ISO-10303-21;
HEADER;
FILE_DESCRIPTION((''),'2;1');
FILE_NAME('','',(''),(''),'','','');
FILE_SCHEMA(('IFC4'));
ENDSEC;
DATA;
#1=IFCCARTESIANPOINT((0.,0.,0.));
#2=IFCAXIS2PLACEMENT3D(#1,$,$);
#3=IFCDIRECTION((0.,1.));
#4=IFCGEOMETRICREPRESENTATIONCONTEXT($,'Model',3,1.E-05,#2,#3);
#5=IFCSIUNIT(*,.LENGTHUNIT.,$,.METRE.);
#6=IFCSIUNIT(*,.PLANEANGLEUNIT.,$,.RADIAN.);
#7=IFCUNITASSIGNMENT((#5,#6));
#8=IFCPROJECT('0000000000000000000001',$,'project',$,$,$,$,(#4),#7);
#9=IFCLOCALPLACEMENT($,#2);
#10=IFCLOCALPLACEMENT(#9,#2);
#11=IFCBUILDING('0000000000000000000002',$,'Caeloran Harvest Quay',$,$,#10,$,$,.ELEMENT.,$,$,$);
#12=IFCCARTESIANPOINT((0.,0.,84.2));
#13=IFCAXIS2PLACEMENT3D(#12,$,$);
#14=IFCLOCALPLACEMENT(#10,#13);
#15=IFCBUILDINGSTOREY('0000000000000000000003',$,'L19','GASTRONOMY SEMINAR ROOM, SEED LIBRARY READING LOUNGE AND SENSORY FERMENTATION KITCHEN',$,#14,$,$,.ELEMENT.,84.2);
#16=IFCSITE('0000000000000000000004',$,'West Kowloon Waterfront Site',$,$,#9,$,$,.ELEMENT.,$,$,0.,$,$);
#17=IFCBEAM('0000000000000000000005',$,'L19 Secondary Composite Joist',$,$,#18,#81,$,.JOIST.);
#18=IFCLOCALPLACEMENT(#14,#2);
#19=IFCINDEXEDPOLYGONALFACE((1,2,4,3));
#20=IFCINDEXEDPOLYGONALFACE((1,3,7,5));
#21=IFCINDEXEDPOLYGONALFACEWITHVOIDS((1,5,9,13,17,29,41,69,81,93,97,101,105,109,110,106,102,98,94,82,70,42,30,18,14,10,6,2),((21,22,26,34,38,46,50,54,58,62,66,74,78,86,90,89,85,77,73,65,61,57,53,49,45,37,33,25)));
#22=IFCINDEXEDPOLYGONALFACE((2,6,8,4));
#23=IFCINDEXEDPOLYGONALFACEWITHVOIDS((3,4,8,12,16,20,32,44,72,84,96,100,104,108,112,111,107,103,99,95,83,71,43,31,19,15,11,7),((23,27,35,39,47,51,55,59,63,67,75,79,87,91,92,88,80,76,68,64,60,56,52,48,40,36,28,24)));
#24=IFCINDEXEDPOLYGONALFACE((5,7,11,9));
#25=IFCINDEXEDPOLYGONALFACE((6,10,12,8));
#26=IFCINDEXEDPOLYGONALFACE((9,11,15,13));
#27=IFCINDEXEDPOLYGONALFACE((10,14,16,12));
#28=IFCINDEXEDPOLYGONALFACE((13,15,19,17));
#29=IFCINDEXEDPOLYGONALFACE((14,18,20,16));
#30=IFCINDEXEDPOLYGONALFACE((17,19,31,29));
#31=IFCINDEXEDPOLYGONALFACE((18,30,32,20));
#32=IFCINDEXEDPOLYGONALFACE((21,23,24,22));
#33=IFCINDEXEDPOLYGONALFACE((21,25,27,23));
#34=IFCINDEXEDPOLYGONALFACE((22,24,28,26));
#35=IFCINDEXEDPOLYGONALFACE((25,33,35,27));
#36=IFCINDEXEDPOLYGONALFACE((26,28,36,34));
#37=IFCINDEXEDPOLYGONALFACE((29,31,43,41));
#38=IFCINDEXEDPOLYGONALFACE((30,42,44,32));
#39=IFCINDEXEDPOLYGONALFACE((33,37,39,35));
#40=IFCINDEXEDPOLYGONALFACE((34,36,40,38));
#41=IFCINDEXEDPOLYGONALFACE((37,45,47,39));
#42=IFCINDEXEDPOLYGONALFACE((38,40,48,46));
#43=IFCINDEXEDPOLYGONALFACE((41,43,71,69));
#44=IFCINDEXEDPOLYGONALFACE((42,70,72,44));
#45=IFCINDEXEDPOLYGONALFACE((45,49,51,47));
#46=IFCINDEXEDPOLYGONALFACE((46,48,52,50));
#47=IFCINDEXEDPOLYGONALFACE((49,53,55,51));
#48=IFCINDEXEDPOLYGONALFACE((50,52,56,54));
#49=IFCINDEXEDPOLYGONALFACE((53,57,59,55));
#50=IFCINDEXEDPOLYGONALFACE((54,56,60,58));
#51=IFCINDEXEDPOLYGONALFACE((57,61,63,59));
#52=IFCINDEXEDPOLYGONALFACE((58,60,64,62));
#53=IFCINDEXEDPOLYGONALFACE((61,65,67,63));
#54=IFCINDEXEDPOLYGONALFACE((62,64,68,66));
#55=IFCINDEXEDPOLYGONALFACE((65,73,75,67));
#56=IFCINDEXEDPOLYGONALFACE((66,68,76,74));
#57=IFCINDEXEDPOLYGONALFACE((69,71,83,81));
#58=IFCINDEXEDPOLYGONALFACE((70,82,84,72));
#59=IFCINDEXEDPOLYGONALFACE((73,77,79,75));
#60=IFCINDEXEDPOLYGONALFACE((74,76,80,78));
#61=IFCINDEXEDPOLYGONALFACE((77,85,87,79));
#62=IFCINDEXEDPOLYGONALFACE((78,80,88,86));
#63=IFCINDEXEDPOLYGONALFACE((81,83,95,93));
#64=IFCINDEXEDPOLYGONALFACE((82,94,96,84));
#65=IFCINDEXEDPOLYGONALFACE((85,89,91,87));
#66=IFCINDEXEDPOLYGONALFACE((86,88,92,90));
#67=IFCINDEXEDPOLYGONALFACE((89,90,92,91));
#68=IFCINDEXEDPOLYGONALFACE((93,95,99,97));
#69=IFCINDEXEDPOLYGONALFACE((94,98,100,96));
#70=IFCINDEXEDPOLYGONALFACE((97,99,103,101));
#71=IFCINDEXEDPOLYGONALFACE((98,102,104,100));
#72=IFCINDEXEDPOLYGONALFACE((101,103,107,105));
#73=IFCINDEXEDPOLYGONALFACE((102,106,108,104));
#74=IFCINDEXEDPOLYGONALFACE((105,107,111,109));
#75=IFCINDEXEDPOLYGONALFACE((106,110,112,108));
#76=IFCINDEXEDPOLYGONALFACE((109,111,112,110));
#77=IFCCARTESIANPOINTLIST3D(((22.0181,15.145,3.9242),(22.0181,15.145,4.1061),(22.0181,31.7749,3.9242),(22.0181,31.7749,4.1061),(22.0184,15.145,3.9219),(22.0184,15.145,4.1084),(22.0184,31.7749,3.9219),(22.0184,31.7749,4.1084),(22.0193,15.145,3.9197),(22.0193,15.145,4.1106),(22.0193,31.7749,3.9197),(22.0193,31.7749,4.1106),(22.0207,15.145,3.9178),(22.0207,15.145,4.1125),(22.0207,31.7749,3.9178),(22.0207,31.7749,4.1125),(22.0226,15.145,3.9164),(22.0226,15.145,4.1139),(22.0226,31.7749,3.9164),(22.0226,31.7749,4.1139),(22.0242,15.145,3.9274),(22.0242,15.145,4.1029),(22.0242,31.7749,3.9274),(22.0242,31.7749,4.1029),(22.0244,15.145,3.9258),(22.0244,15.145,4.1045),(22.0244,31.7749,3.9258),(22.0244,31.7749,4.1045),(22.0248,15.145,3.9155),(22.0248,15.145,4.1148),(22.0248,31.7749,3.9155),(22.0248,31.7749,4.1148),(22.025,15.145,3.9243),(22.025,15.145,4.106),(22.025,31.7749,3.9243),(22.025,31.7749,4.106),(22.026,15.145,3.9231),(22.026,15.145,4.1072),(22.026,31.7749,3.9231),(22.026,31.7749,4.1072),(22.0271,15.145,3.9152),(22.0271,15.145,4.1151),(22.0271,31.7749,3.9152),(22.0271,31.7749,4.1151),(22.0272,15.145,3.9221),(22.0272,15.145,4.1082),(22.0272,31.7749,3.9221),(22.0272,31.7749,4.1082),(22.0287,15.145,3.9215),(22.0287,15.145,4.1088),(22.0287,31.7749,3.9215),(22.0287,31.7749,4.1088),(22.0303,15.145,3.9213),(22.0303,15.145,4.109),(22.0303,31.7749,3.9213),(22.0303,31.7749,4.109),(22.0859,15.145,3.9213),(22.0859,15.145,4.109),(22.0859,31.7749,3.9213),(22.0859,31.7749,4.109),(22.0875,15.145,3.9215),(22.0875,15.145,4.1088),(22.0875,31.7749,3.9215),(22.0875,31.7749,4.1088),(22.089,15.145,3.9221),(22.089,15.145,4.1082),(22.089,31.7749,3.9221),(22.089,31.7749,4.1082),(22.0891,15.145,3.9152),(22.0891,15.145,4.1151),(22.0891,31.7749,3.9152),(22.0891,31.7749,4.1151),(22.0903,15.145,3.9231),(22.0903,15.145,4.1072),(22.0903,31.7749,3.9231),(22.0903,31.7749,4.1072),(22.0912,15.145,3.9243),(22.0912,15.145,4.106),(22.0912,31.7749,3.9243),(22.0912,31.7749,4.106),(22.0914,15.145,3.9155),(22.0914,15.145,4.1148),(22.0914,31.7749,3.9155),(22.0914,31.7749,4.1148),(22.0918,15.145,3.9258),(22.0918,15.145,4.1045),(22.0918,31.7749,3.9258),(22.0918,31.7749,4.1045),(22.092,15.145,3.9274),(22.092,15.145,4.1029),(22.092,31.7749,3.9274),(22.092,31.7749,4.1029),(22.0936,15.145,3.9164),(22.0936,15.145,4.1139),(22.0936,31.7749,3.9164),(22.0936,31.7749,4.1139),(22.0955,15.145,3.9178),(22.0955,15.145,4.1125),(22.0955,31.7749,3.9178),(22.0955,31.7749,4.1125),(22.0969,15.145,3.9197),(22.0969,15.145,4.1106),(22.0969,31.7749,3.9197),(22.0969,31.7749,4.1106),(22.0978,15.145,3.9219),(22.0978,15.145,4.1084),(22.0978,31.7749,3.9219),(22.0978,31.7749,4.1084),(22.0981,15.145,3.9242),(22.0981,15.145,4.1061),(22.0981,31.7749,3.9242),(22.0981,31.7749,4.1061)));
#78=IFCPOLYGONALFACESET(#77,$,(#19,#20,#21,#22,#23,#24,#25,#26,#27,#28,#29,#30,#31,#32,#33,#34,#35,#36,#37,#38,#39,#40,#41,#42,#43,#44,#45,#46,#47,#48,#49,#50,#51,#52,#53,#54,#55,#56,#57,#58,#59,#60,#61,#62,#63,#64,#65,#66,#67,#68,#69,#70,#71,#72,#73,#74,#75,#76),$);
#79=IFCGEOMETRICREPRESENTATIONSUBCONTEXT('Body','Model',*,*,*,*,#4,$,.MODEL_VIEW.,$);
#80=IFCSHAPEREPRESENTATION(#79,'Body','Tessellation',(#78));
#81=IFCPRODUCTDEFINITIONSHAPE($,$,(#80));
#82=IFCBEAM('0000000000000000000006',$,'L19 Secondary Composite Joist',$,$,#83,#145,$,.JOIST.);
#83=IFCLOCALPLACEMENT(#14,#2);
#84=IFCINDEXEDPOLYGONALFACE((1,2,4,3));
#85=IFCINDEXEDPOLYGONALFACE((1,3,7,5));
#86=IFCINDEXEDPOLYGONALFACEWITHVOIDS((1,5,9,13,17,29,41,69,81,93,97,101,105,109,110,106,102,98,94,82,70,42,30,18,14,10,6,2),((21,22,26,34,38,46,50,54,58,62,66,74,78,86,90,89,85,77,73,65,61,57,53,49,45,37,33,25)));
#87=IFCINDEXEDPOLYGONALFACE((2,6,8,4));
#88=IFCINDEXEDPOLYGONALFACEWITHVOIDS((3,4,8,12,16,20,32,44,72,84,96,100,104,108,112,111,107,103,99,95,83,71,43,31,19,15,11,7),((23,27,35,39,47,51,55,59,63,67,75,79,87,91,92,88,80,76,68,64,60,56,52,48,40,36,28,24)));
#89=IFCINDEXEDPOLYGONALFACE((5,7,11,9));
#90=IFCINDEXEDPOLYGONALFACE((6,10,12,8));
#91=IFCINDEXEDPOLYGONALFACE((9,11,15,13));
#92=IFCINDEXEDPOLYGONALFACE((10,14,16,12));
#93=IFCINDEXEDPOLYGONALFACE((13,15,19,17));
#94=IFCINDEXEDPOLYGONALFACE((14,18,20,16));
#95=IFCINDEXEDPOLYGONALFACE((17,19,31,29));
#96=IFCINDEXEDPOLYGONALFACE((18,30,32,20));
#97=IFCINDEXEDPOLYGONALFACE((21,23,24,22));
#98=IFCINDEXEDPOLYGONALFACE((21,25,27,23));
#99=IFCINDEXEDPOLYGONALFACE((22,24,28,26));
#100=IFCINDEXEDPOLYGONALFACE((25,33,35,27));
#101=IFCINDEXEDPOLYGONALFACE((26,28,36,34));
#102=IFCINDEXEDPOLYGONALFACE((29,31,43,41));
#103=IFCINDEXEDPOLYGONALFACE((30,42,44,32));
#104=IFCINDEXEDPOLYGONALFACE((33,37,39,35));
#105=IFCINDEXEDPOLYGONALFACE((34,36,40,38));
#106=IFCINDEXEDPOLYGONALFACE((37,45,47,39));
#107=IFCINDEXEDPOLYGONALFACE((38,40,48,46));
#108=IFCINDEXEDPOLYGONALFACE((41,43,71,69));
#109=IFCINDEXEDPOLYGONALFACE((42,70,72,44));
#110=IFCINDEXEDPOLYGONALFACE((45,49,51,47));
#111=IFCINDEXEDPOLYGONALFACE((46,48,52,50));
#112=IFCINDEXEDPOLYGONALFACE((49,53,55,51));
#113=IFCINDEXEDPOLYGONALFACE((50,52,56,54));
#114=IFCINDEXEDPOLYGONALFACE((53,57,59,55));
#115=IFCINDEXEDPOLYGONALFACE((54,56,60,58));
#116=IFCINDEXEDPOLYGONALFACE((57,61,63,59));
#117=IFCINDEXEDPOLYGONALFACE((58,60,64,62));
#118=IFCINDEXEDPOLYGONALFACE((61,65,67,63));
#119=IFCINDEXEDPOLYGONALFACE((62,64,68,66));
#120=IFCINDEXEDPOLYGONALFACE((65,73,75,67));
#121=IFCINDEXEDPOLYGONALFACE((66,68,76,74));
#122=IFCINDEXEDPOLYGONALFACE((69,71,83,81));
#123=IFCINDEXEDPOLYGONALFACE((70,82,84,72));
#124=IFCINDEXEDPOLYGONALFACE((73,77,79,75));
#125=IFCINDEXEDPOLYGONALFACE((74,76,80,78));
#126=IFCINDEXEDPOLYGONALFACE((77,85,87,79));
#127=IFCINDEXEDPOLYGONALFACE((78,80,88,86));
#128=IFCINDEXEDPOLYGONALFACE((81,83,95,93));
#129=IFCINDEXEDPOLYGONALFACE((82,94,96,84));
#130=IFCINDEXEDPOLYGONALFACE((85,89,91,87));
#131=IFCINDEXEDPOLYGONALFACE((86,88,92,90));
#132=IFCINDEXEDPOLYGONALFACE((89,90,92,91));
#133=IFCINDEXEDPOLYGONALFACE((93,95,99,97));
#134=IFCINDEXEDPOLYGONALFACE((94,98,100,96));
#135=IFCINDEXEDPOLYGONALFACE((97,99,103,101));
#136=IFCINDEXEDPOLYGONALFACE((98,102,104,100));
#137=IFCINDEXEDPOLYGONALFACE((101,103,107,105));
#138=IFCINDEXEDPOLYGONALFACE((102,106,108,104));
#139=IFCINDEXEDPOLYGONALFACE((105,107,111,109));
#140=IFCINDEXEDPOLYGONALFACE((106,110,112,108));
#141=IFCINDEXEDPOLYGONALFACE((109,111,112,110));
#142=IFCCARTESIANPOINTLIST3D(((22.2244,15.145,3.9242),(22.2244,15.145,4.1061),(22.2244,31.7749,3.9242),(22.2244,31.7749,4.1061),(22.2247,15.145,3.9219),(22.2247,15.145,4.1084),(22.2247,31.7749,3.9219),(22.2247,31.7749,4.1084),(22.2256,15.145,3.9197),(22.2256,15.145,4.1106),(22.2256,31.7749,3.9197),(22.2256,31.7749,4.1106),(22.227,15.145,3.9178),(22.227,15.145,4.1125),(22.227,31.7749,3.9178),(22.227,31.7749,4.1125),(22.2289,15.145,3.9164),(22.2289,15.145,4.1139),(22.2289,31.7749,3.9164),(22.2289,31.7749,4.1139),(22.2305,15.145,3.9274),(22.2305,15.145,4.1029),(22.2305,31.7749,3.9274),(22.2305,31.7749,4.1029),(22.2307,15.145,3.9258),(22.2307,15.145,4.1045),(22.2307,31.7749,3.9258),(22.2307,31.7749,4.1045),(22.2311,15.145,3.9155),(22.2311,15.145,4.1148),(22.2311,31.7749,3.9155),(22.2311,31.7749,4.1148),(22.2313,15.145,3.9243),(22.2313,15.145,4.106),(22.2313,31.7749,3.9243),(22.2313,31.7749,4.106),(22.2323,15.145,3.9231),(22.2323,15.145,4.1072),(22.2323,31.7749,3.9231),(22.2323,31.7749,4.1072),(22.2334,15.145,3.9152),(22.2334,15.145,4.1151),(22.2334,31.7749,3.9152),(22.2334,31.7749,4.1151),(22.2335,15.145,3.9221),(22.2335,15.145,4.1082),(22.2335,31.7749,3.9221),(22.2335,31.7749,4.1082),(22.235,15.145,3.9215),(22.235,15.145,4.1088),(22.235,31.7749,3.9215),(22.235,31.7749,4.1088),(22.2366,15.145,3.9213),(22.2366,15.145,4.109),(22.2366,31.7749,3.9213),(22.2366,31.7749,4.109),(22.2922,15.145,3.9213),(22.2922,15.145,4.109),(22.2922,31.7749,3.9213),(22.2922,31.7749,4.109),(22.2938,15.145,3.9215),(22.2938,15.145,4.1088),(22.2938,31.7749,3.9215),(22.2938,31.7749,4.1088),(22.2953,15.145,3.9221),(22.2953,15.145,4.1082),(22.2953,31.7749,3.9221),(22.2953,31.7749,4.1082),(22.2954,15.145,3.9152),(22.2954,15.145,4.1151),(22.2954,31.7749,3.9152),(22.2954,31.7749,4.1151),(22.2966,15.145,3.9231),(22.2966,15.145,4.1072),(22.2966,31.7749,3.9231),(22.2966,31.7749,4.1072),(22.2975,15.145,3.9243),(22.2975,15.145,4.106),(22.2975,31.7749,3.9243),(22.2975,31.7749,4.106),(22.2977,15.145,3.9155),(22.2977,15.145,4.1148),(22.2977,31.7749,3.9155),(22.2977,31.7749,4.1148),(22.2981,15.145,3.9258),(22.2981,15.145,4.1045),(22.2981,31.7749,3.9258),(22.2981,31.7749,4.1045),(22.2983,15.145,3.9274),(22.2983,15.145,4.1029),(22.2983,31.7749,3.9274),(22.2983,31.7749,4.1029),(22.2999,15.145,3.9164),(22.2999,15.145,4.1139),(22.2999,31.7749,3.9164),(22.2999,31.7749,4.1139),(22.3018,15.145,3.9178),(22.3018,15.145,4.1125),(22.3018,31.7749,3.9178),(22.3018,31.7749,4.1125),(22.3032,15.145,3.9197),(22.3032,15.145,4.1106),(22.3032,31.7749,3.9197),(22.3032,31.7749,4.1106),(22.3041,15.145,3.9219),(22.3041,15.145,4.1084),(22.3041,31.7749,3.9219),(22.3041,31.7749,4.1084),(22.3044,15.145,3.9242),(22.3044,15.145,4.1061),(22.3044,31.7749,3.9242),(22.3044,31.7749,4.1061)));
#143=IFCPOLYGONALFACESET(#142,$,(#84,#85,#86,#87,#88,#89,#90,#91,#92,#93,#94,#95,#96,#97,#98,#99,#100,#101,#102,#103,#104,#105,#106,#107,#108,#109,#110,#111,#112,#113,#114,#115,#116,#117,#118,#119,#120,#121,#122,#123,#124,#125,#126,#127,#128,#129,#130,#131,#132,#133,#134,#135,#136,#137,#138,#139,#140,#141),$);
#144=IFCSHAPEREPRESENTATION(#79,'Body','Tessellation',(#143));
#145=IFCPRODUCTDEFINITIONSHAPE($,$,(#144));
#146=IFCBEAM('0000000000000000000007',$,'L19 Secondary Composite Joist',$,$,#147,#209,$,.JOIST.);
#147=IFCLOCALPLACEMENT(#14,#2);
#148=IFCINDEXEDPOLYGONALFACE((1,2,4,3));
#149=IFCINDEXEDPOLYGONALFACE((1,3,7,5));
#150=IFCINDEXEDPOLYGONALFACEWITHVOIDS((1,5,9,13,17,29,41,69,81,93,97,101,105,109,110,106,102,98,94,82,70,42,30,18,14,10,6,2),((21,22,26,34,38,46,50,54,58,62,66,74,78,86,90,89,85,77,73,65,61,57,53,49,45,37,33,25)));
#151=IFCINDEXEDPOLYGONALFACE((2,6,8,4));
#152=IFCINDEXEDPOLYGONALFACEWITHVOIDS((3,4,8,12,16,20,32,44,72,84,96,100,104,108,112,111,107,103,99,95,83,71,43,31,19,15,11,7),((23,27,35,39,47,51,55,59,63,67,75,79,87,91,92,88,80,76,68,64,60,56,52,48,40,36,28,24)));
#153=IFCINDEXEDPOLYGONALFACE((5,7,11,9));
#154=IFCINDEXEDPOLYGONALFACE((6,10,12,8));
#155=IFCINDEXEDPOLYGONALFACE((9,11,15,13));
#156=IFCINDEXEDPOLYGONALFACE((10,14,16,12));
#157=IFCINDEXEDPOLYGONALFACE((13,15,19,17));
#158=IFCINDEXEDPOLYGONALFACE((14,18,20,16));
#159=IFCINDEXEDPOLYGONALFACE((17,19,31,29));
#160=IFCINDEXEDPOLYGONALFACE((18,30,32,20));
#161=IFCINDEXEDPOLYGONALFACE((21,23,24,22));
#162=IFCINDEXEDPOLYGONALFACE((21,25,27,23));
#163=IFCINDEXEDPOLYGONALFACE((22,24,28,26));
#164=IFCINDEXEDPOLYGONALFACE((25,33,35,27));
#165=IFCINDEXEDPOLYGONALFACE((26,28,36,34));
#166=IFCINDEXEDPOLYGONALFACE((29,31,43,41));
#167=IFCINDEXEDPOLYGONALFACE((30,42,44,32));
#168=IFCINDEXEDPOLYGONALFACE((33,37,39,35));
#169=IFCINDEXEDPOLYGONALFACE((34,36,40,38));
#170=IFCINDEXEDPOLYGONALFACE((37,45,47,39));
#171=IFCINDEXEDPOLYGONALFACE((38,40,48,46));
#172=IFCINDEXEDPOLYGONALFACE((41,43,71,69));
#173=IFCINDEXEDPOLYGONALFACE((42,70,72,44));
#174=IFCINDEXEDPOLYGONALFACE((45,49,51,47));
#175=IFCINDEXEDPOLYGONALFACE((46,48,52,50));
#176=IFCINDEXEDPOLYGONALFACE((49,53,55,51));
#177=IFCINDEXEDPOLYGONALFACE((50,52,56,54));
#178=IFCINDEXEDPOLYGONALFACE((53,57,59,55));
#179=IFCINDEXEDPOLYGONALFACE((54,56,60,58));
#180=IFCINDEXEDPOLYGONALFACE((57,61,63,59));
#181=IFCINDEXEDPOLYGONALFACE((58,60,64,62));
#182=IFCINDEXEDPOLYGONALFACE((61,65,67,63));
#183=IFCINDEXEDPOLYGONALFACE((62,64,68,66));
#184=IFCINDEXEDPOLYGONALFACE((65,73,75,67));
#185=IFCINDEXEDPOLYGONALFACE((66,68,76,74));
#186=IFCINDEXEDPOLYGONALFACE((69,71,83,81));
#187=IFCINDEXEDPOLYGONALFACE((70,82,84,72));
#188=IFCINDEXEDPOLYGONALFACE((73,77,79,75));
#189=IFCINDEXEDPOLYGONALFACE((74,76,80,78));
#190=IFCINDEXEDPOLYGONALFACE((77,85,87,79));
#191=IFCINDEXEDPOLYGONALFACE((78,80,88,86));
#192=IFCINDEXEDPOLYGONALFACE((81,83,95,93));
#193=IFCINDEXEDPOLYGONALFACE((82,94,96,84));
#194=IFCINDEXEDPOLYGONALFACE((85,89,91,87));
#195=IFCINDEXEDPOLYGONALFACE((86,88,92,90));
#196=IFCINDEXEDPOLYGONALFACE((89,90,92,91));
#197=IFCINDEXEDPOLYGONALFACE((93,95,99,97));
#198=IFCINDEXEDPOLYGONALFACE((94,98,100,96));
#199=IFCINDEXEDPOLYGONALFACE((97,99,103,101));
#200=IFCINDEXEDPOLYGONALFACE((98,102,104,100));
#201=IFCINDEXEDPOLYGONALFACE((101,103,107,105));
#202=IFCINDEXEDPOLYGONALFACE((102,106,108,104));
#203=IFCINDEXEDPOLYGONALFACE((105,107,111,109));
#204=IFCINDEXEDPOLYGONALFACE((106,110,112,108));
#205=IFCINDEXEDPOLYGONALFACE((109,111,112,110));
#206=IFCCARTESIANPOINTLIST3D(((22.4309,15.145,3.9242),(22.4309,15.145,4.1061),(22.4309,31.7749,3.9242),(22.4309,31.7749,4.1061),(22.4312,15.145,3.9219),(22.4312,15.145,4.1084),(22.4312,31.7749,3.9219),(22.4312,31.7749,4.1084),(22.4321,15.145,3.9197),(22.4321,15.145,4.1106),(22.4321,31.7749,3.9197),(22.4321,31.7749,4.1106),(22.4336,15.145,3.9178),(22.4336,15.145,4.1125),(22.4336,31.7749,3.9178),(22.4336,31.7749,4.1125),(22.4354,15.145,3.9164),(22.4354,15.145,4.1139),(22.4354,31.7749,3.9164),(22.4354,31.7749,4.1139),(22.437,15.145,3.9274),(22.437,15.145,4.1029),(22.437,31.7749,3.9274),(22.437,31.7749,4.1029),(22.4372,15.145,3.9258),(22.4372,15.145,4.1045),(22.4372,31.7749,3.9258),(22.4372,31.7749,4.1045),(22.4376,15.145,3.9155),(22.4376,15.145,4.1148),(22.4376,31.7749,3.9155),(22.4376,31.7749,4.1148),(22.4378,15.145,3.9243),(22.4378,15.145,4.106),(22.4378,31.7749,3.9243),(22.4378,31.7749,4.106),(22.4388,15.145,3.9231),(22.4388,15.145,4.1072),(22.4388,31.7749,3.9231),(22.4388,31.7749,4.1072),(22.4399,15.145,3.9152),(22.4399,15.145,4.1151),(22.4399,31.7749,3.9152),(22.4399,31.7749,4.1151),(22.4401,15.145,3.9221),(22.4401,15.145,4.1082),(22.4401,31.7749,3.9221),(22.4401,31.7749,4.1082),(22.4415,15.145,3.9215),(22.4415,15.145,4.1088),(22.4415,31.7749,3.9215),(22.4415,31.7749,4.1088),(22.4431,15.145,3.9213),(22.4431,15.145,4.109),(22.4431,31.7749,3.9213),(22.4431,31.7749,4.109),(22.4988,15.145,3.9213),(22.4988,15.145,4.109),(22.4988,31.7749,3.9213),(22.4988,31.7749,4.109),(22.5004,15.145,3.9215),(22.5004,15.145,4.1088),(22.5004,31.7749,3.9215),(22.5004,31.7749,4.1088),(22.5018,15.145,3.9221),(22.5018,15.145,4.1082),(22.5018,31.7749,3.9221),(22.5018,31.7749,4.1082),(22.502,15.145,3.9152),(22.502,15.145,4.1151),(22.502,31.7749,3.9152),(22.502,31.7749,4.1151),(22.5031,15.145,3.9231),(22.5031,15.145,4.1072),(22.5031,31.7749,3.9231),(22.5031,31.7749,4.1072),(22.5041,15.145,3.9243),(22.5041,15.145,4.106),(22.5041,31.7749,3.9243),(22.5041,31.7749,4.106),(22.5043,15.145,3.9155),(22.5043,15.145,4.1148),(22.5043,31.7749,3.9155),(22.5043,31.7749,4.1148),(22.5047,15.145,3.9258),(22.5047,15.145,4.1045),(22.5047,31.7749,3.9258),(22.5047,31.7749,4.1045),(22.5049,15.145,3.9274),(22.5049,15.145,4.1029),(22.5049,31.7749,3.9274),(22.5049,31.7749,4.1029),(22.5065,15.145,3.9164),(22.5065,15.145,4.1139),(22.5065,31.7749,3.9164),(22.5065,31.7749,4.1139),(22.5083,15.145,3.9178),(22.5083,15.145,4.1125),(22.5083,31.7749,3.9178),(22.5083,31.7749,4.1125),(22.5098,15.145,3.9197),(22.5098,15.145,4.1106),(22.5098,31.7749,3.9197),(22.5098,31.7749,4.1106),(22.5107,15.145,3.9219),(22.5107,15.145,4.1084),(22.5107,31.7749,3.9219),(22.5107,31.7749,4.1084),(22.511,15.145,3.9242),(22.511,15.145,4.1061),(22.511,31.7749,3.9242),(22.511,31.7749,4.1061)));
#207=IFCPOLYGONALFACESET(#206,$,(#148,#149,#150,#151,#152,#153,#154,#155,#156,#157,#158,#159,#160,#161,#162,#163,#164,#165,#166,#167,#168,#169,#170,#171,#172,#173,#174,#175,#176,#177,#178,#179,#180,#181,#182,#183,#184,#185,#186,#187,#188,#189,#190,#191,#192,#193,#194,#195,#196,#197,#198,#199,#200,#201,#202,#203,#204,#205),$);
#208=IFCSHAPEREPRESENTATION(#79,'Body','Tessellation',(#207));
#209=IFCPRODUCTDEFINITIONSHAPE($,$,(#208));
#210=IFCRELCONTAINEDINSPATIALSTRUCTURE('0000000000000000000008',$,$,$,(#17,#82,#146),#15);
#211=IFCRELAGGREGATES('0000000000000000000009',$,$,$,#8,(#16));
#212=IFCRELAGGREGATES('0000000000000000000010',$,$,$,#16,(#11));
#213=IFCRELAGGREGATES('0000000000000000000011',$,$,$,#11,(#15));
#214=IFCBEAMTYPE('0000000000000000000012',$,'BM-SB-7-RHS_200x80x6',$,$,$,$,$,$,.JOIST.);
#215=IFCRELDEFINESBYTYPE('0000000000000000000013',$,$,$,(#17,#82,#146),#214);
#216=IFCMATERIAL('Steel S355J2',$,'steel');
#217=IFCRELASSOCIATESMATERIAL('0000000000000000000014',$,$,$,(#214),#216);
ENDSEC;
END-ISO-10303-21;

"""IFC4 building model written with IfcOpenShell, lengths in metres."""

from ifc_helpers import new_model, si_unit, direction, frame, origin, origin_2d, place, context, subcontext, project, spatial, hollow_rectangle, extrude, material, material_profile, profile_set, type_object, element, save


model = new_model("IFC4")

# Units and contexts
model_context = context("Model", 3, precision=1e-05, world=origin(), true_north=direction((0.0, 1.0)))
body_context = subcontext(model_context, "Body", "Model", "MODEL_VIEW")
ifc_project = project(units=[si_unit("LENGTHUNIT", "METRE"), si_unit("PLANEANGLEUNIT", "RADIAN")], contexts=[model_context])

# Site, building, storey
site_placement = place(None, origin())
site = spatial("IfcSite", under=ifc_project, at=site_placement, Name="West Kowloon Waterfront Site", CompositionType="ELEMENT", RefElevation=0.0)
building_placement = place(site_placement, origin())
building = spatial("IfcBuilding", under=site, at=building_placement, Name="Caeloran Harvest Quay", CompositionType="ELEMENT")
storey_placement = place(building_placement, frame((0.0, 0.0, 84.2)))
storey = spatial("IfcBuildingStorey", under=building, at=storey_placement, Name="L19", Description="GASTRONOMY SEMINAR ROOM, SEED LIBRARY READING LOUNGE AND SENSORY FERMENTATION KITCHEN", CompositionType="ELEMENT", Elevation=84.2)

# Beams
ifc_material_1 = material(Name="Steel S355J2", Category="steel")
ifc_material_profile_1 = material_profile(ifc_material_1, hollow_rectangle(XDim=0.0801, YDim=0.2, WallThickness=0.0061, InnerFilletRadius=0.0061, OuterFilletRadius=0.009, at=origin_2d()), Name="RHS 200x80x6")
ifc_profile_set_1 = profile_set([ifc_material_profile_1], Name="Steel S355J2")
beam_type_1 = type_object("IfcBeamType", Name="BM-SB-7-RHS_200x80x6", PredefinedType="JOIST", material=ifc_profile_set_1)
for number, where, z_axis, x_axis, name in (
    (1, (22.0581, 15.145, 4.0151), (0.0, 1.0, 0.0), (-1.0, 0.0, 0.0), "L19 Secondary Composite Joist"),
    (2, (22.2644, 15.145, 4.0151), (0.0, 1.0, 0.0), (-1.0, 0.0, 0.0), "L19 Secondary Composite Joist"),
    (3, (22.4709, 15.145, 4.0151), (0.0, 1.0, 0.0), (-1.0, 0.0, 0.0), "L19 Secondary Composite Joist"),
):
    element("IfcBeam", number, at=place(storey_placement, frame(where, z_axis=z_axis, x_axis=x_axis)), inside=storey, type_object=beam_type_1, Name=name, PredefinedType="JOIST", context=body_context, shape_type="SweptSolid", body=[
        extrude(hollow_rectangle(XDim=0.0801, YDim=0.2, WallThickness=0.0061, InnerFilletRadius=0.0061, OuterFilletRadius=0.009, at=origin_2d()), origin(), (0.0, 0.0, 1.0), 16.6299),
    ])

save(model, "model.ifc")
